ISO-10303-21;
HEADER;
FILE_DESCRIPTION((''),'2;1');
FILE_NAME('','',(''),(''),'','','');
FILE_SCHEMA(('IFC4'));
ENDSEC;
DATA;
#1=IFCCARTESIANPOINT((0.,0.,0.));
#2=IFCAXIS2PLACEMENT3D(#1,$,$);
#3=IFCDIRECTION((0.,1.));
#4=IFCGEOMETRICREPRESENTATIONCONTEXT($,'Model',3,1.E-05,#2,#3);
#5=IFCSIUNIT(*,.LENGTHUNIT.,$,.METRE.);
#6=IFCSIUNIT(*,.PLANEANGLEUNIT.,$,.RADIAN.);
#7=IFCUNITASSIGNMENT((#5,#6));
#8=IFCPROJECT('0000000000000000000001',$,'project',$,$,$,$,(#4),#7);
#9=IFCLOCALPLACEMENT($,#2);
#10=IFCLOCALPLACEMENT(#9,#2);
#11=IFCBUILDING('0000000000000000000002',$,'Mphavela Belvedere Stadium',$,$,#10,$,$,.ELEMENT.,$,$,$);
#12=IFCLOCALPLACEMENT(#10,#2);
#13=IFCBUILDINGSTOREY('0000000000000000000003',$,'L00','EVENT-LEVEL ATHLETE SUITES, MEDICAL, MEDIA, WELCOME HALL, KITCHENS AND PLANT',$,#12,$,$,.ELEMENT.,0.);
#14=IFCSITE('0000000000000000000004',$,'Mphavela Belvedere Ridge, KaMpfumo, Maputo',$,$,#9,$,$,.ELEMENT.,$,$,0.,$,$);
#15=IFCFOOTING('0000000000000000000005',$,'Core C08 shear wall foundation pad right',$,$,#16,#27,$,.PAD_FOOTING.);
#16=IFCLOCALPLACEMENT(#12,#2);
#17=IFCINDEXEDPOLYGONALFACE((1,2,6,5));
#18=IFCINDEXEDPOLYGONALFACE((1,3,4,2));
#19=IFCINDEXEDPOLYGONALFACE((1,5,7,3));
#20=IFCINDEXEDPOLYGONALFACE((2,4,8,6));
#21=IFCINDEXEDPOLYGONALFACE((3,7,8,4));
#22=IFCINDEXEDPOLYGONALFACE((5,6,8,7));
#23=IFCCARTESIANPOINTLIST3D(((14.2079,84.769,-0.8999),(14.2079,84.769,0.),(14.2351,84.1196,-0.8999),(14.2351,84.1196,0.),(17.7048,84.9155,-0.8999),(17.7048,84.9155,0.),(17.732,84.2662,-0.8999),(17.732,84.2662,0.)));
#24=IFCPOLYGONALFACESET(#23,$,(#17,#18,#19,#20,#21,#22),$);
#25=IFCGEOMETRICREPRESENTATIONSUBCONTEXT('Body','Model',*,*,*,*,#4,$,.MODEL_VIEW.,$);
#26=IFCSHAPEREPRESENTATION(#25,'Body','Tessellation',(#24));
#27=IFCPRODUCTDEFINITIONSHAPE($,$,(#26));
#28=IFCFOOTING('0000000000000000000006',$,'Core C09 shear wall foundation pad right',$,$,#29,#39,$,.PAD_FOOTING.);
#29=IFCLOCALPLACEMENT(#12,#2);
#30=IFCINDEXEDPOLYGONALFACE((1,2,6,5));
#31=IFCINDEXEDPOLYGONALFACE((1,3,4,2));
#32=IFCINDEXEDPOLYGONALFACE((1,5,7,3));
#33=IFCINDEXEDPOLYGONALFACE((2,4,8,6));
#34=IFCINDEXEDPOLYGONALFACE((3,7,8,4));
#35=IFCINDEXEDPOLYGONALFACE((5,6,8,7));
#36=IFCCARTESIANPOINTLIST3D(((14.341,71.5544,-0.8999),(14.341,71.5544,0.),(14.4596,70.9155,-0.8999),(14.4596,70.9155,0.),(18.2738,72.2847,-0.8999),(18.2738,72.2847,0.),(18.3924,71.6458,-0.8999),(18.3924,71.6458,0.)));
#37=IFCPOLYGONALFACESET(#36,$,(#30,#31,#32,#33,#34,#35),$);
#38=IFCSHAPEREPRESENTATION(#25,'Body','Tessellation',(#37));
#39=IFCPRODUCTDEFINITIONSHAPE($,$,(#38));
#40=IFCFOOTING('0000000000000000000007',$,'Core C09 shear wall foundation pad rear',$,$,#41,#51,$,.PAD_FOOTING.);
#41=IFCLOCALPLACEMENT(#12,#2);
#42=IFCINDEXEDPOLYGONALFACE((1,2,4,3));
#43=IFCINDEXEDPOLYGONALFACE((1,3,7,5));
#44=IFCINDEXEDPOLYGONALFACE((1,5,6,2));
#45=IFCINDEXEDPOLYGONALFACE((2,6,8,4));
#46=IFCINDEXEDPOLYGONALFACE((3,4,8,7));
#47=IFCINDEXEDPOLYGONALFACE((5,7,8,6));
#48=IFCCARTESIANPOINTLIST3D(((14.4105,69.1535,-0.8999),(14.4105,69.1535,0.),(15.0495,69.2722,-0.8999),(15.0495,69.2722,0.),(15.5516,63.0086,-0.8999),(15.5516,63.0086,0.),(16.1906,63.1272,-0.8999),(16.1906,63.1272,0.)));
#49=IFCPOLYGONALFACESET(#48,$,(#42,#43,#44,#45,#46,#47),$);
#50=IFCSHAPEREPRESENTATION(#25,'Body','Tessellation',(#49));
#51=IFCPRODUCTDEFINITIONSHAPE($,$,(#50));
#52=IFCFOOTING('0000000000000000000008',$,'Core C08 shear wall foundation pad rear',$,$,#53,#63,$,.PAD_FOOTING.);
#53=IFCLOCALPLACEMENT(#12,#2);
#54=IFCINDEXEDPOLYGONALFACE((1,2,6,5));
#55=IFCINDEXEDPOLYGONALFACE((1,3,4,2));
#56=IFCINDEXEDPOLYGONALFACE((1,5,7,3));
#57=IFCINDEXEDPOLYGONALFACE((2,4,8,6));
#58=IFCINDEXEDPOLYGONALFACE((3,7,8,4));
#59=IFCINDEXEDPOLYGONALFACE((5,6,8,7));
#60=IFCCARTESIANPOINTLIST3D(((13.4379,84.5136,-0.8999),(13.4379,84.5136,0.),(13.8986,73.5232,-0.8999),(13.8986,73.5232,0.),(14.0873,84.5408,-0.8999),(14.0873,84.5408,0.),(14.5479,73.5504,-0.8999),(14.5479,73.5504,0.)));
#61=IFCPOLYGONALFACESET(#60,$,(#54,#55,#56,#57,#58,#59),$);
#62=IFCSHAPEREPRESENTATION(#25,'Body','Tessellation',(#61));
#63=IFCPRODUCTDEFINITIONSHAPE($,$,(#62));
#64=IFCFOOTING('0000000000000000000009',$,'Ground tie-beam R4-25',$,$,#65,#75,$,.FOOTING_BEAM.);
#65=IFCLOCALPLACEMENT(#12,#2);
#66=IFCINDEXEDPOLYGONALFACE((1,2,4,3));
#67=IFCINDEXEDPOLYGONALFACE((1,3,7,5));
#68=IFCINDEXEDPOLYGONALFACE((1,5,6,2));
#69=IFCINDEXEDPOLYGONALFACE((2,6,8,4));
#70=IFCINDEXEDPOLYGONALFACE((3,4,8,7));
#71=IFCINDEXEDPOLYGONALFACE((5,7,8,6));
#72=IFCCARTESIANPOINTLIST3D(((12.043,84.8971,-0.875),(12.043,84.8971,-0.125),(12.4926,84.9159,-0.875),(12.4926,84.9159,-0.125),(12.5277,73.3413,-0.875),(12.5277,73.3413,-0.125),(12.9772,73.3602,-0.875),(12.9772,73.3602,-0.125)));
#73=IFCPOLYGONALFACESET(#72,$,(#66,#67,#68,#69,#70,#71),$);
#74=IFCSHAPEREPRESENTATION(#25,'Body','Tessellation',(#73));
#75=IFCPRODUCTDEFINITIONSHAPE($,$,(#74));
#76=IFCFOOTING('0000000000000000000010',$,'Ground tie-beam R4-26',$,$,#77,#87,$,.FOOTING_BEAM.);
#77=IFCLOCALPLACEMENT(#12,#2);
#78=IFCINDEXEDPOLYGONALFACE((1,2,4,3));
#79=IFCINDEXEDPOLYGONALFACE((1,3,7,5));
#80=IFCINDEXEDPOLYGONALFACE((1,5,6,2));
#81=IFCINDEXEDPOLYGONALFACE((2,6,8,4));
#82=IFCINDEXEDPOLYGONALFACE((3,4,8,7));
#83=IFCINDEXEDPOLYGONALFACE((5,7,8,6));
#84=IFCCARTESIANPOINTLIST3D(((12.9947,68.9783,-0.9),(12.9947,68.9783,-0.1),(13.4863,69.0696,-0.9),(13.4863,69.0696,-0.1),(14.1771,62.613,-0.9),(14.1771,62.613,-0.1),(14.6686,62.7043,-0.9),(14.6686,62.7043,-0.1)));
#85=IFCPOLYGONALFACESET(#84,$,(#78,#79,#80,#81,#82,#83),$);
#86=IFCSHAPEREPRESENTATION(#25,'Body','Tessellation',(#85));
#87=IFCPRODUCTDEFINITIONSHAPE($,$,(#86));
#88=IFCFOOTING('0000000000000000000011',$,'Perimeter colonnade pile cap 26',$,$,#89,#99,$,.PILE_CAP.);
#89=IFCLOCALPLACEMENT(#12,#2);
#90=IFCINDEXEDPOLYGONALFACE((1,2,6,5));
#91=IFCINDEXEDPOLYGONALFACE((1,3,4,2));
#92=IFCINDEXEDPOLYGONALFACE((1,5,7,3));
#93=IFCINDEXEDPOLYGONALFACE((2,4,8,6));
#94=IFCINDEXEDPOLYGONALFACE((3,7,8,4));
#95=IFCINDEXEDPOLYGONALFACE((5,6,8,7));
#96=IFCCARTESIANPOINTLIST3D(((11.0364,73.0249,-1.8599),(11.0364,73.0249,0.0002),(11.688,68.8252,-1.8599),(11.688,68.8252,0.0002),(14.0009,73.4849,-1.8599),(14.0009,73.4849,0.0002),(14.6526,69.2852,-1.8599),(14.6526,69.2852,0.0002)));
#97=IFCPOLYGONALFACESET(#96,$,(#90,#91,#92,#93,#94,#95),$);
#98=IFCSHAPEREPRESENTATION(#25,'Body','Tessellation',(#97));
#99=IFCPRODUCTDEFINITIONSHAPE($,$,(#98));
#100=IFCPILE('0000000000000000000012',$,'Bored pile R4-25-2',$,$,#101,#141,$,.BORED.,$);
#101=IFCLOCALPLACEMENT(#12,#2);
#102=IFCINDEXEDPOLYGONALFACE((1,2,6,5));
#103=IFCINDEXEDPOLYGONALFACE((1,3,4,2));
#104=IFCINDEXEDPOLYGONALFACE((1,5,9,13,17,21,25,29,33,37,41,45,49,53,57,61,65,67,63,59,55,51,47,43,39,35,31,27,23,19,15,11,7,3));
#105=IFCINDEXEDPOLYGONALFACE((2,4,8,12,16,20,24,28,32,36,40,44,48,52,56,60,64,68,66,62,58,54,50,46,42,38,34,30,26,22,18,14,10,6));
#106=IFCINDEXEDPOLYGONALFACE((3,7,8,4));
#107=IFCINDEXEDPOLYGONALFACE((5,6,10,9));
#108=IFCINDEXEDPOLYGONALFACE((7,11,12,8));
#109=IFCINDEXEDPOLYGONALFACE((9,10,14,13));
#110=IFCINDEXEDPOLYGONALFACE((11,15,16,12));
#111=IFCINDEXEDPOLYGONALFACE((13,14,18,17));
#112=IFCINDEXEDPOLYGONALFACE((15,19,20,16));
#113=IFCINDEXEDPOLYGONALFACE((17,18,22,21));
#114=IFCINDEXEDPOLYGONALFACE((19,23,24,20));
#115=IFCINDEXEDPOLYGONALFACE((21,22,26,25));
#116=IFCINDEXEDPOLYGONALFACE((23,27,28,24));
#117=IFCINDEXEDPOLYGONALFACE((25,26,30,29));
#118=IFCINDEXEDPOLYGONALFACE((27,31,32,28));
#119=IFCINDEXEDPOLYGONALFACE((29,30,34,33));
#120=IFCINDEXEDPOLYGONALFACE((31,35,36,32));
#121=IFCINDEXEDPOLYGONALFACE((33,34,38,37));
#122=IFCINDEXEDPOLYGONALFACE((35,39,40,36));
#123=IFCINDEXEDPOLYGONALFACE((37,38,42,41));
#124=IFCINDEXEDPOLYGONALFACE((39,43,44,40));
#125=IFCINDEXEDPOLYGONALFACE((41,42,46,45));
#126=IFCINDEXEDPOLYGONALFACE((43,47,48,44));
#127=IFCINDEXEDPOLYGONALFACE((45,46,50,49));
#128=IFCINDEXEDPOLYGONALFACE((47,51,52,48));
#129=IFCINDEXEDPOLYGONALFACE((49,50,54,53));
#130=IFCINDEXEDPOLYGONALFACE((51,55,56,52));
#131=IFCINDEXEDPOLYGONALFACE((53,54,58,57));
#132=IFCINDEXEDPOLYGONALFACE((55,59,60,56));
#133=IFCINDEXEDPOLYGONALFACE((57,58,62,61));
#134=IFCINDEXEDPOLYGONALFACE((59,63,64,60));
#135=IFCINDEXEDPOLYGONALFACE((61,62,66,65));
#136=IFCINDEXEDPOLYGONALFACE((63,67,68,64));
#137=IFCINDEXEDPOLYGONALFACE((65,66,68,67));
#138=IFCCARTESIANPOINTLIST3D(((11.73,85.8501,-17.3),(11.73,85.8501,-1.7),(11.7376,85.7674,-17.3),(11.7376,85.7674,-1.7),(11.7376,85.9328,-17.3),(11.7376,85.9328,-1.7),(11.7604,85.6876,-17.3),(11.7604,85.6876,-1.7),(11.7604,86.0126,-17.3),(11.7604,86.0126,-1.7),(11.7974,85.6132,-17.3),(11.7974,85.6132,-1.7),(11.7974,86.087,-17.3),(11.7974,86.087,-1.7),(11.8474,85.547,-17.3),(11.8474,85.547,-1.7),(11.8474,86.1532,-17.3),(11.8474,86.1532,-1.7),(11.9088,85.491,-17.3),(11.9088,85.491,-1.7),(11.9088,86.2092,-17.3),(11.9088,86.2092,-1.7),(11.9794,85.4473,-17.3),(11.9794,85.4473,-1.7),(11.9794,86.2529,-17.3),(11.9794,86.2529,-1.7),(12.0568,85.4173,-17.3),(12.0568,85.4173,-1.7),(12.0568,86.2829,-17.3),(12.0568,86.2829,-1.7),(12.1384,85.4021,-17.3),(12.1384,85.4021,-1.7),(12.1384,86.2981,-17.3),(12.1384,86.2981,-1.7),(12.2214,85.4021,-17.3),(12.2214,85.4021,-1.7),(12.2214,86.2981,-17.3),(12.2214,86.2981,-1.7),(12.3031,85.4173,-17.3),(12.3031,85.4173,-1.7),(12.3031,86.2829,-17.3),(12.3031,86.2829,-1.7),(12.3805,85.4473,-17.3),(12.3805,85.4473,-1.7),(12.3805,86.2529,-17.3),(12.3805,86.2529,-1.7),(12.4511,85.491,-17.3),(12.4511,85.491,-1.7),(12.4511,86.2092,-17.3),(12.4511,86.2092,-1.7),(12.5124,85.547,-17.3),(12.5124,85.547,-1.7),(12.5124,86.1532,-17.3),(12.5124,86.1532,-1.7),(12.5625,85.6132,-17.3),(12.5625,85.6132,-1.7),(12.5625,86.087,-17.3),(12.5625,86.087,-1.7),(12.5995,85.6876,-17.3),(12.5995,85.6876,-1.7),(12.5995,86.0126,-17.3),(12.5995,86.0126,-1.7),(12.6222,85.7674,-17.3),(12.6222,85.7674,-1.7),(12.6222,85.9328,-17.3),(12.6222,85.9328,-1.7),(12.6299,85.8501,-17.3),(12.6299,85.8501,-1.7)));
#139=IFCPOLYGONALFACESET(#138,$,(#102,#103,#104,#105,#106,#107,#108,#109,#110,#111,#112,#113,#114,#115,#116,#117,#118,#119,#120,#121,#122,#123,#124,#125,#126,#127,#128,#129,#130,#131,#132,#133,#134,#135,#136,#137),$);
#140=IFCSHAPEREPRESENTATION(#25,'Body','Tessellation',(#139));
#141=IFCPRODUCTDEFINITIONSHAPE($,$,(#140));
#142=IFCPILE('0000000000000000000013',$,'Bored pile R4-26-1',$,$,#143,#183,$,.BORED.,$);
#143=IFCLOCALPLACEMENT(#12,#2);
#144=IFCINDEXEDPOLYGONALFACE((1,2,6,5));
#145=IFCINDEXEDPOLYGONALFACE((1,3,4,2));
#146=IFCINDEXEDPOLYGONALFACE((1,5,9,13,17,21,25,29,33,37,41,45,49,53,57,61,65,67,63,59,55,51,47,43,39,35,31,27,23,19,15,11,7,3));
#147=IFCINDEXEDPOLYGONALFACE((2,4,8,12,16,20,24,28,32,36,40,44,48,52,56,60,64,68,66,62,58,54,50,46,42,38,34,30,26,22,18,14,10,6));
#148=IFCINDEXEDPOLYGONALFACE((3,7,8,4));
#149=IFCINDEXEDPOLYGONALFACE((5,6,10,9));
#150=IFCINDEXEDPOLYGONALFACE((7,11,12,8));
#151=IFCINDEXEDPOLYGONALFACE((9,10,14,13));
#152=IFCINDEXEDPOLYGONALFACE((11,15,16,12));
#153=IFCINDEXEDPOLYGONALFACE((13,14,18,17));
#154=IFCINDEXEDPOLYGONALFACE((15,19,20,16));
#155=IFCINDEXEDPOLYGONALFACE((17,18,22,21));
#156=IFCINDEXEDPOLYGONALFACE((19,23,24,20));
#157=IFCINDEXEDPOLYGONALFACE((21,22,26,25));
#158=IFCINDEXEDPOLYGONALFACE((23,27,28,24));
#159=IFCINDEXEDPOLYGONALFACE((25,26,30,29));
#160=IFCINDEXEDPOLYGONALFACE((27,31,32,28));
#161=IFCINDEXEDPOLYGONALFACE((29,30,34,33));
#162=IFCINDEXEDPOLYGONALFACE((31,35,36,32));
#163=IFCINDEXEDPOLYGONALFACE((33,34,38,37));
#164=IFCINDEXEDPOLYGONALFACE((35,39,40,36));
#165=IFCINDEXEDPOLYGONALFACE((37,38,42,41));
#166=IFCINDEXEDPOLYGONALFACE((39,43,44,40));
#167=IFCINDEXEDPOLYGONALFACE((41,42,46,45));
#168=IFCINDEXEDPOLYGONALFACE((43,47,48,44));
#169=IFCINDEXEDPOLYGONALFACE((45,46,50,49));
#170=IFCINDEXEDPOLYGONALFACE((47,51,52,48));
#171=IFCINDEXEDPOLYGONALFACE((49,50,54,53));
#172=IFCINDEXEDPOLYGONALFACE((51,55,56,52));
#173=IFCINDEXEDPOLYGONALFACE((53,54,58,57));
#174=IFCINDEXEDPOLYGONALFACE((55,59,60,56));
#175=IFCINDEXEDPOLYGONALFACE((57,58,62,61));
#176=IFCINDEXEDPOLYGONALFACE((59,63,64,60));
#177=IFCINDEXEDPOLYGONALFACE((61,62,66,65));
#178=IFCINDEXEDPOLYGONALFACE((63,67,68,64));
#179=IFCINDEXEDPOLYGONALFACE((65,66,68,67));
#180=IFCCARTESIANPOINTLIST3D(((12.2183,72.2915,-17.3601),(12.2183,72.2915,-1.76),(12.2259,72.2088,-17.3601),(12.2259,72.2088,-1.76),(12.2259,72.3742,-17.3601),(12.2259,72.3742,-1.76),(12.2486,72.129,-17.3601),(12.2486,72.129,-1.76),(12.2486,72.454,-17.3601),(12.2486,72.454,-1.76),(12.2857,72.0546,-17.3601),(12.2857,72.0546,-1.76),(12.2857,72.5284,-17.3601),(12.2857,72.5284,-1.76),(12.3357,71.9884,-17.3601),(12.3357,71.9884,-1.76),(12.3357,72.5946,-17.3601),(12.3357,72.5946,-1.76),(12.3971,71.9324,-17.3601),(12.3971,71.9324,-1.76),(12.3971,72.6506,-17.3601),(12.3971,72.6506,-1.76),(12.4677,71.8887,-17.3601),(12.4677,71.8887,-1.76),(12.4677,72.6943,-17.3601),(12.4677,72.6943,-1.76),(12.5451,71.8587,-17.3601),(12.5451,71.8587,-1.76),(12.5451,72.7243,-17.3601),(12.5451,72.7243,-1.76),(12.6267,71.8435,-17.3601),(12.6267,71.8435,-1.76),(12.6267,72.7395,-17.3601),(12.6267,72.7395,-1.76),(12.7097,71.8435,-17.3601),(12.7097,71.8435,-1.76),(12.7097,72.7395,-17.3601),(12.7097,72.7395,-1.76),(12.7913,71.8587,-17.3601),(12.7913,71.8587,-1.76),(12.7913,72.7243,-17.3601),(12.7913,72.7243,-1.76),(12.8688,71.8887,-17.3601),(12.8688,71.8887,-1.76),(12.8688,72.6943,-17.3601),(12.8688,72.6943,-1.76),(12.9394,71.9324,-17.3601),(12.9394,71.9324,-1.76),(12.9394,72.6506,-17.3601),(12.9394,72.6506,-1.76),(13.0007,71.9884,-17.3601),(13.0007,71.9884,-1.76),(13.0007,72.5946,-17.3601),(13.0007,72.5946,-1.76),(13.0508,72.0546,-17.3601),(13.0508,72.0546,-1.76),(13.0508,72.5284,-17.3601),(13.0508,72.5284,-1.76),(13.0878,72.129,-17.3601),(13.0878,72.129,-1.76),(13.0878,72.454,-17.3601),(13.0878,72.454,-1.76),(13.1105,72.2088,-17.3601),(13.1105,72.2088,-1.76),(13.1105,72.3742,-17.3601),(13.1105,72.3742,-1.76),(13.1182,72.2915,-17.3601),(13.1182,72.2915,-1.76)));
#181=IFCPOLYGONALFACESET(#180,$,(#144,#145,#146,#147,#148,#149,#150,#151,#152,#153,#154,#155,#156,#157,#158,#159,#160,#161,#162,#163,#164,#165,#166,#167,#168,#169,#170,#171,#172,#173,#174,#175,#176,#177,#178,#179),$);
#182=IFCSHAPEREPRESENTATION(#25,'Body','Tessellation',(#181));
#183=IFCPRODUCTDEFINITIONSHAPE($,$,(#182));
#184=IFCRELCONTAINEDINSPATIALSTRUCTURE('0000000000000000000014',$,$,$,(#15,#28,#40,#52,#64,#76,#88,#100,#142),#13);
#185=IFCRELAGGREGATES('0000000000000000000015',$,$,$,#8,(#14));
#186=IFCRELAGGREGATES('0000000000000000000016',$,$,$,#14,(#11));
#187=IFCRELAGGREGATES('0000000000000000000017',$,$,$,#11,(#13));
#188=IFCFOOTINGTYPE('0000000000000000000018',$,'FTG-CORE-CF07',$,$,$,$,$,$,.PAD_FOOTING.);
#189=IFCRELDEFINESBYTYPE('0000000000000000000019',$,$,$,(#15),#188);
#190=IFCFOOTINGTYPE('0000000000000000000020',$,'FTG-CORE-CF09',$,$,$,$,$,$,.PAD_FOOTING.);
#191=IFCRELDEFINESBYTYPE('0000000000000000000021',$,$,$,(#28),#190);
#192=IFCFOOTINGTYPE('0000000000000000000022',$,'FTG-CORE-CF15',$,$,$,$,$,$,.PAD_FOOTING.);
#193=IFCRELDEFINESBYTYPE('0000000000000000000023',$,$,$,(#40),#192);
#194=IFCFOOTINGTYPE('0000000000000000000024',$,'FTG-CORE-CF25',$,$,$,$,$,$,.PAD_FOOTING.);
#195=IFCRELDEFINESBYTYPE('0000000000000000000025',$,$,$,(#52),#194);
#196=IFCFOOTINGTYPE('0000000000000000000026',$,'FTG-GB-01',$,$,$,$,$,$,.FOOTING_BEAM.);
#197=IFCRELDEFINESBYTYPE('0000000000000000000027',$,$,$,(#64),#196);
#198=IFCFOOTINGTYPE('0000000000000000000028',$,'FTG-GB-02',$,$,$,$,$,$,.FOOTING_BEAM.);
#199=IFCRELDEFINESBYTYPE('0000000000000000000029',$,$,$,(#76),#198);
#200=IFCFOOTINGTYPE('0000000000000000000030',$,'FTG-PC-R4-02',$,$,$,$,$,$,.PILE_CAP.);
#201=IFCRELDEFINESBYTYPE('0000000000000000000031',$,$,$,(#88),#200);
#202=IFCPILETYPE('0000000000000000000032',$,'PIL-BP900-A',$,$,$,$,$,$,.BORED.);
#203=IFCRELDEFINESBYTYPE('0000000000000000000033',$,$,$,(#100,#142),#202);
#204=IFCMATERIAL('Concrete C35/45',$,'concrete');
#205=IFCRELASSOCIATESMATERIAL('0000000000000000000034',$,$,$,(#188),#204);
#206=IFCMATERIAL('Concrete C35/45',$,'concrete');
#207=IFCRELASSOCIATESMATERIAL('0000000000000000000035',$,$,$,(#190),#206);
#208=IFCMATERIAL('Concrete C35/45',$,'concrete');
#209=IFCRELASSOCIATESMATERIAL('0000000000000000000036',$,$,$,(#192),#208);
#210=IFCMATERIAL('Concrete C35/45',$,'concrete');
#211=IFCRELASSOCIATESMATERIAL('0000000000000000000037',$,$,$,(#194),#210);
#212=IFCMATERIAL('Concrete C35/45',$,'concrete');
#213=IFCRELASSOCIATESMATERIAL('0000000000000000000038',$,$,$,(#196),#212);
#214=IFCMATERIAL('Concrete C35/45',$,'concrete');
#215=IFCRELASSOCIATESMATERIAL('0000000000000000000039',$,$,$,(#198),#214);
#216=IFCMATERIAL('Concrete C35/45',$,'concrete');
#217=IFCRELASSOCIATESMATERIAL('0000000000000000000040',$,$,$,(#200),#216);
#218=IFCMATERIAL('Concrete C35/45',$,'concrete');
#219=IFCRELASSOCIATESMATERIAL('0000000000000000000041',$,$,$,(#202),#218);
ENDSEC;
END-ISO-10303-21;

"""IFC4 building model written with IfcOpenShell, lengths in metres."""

from ifc_helpers import new_model, si_unit, direction, frame, origin, origin_2d, place, context, subcontext, project, spatial, rectangle, circle, extrude, material, material_profile, profile_set, type_object, element, save


model = new_model("IFC4")

# Units and contexts
model_context = context("Model", 3, precision=1e-05, world=origin(), true_north=direction((0.0, 1.0)))
body_context = subcontext(model_context, "Body", "Model", "MODEL_VIEW")
ifc_project = project(units=[si_unit("LENGTHUNIT", "METRE"), si_unit("PLANEANGLEUNIT", "RADIAN")], contexts=[model_context])

# Site, building, storey
site_placement = place(None, origin())
site = spatial("IfcSite", under=ifc_project, at=site_placement, Name="Mphavela Belvedere Ridge, KaMpfumo, Maputo", CompositionType="ELEMENT", RefElevation=0.0)
building_placement = place(site_placement, origin())
building = spatial("IfcBuilding", under=site, at=building_placement, Name="Mphavela Belvedere Stadium", CompositionType="ELEMENT")
storey_placement = place(building_placement, origin())
storey = spatial("IfcBuildingStorey", under=building, at=storey_placement, Name="L00", Description="EVENT-LEVEL ATHLETE SUITES, MEDICAL, MEDIA, WELCOME HALL, KITCHENS AND PLANT", CompositionType="ELEMENT", Elevation=0.0)

# Footings
ifc_material_1 = material(Name="Concrete C35/45", Category="concrete")
footing_type_1 = type_object("IfcFootingType", Name="FTG-CORE-CF07", PredefinedType="PAD_FOOTING", material=ifc_material_1)
footing_1_placement = place(storey_placement, frame((15.97, 84.5176, -0.8999), z_axis=(0.0, 0.0, 1.0), x_axis=(-0.999123, -0.041876, 0.0)))
element("IfcFooting", 1, at=footing_1_placement, inside=storey, type_object=footing_type_1, Name="Core C08 shear wall foundation pad right", PredefinedType="PAD_FOOTING", context=body_context, shape_type="SweptSolid", body=[
    extrude(rectangle(XDim=3.5, YDim=0.6499, at=origin_2d()), origin(), (0.0, 0.0, 1.0), 0.8999),
])
ifc_material_2 = material(Name="Concrete C35/45", Category="concrete")
footing_type_2 = type_object("IfcFootingType", Name="FTG-CORE-CF09", PredefinedType="PAD_FOOTING", material=ifc_material_2)
footing_2_placement = place(storey_placement, frame((16.3667, 71.6001, -0.8999), z_axis=(0.0, 0.0, 1.0), x_axis=(-0.983191, -0.182579, 0.0)))
element("IfcFooting", 2, at=footing_2_placement, inside=storey, type_object=footing_type_2, Name="Core C09 shear wall foundation pad right", PredefinedType="PAD_FOOTING", context=body_context, shape_type="SweptSolid", body=[
    extrude(rectangle(XDim=4.0, YDim=0.6499, at=origin_2d()), origin(), (0.0, 0.0, 1.0), 0.8999),
])
ifc_material_3 = material(Name="Concrete C35/45", Category="concrete")
footing_type_3 = type_object("IfcFootingType", Name="FTG-CORE-CF15", PredefinedType="PAD_FOOTING", material=ifc_material_3)
footing_3_placement = place(storey_placement, frame((15.3005, 66.1404, -0.8999), z_axis=(0.0, 0.0, 1.0), x_axis=(-0.182579, 0.983191, 0.0)))
element("IfcFooting", 3, at=footing_3_placement, inside=storey, type_object=footing_type_3, Name="Core C09 shear wall foundation pad rear", PredefinedType="PAD_FOOTING", context=body_context, shape_type="SweptSolid", body=[
    extrude(rectangle(XDim=6.25, YDim=0.6499, at=origin_2d()), origin(), (0.0, 0.0, 1.0), 0.8999),
])
ifc_material_4 = material(Name="Concrete C35/45", Category="concrete")
footing_type_4 = type_object("IfcFootingType", Name="FTG-CORE-CF25", PredefinedType="PAD_FOOTING", material=ifc_material_4)
footing_4_placement = place(storey_placement, frame((13.9929, 79.032, -0.8999), z_axis=(0.0, 0.0, 1.0), x_axis=(-0.041876, 0.999123, 0.0)))
element("IfcFooting", 4, at=footing_4_placement, inside=storey, type_object=footing_type_4, Name="Core C08 shear wall foundation pad rear", PredefinedType="PAD_FOOTING", context=body_context, shape_type="SweptSolid", body=[
    extrude(rectangle(XDim=11.0, YDim=0.6499, at=origin_2d()), origin(), (0.0, 0.0, 1.0), 0.8999),
])
ifc_material_5 = material(Name="Concrete C35/45", Category="concrete")
ifc_material_profile_1 = material_profile(ifc_material_5, rectangle(XDim=0.45, YDim=0.75, at=origin_2d()), Name="GB 450x750")
ifc_profile_set_1 = profile_set([ifc_material_profile_1], Name="Concrete C35/45")
footing_type_5 = type_object("IfcFootingType", Name="FTG-GB-01", PredefinedType="FOOTING_BEAM", material=ifc_profile_set_1)
footing_5_placement = place(storey_placement, frame((12.2678, 84.9065, -0.5), z_axis=(0.041901, -0.999122, 0.0), x_axis=(0.999122, 0.041901, 0.0)))
element("IfcFooting", 5, at=footing_5_placement, inside=storey, type_object=footing_type_5, Name="Ground tie-beam R4-25", PredefinedType="FOOTING_BEAM", context=body_context, shape_type="SweptSolid", body=[
    extrude(rectangle(XDim=0.45, YDim=0.75, at=origin_2d()), origin(), (0.0, 0.0, 1.0), 11.5659),
])
ifc_material_6 = material(Name="Concrete C35/45", Category="concrete")
ifc_material_profile_2 = material_profile(ifc_material_6, rectangle(XDim=0.5, YDim=0.8, at=origin_2d()), Name="GB 500x800")
ifc_profile_set_2 = profile_set([ifc_material_profile_2], Name="Concrete C35/45")
footing_type_6 = type_object("IfcFootingType", Name="FTG-GB-02", PredefinedType="FOOTING_BEAM", material=ifc_profile_set_2)
footing_6_placement = place(storey_placement, frame((13.2405, 69.0239, -0.5), z_axis=(0.182631, -0.983182, 0.0), x_axis=(0.983182, 0.182631, 0.0)))
element("IfcFooting", 6, at=footing_6_placement, inside=storey, type_object=footing_type_6, Name="Ground tie-beam R4-26", PredefinedType="FOOTING_BEAM", context=body_context, shape_type="SweptSolid", body=[
    extrude(rectangle(XDim=0.5, YDim=0.8, at=origin_2d()), origin(), (0.0, 0.0, 1.0), 6.4741),
])
ifc_material_7 = material(Name="Concrete C35/45", Category="concrete")
footing_type_7 = type_object("IfcFootingType", Name="FTG-PC-R4-02", PredefinedType="PILE_CAP", material=ifc_material_7)
footing_7_placement = place(storey_placement, frame((12.8445, 71.155, -1.8599), z_axis=(0.0, 0.0, 1.0), x_axis=(0.153331, -0.988175, 0.0)))
element("IfcFooting", 7, at=footing_7_placement, inside=storey, type_object=footing_type_7, Name="Perimeter colonnade pile cap 26", PredefinedType="PILE_CAP", context=body_context, shape_type="SweptSolid", body=[
    extrude(rectangle(XDim=4.25, YDim=3.0, at=origin_2d()), origin(), (0.0, 0.0, 1.0), 1.8601),
])

# Piles
ifc_material_8 = material(Name="Concrete C35/45", Category="concrete")
ifc_material_profile_3 = material_profile(ifc_material_8, circle(Radius=0.45, at=origin_2d()), Name="BP D900")
ifc_profile_set_3 = profile_set([ifc_material_profile_3], Name="Concrete C35/45")
pile_type = type_object("IfcPileType", Name="PIL-BP900-A", PredefinedType="BORED", material=ifc_profile_set_3)
for number, where, z_axis, x_axis, name in (
    (8, (12.1799, 85.8501, -1.7), (0.0, 0.0, -1.0), (1.0, 0.0, 0.0), "Bored pile R4-25-2"),
    (9, (12.6682, 72.2915, -1.76), (0.0, 0.0, -1.0), (1.0, 0.0, 0.0), "Bored pile R4-26-1"),
):
    element("IfcPile", number, at=place(storey_placement, frame(where, z_axis=z_axis, x_axis=x_axis)), inside=storey, type_object=pile_type, Name=name, PredefinedType="BORED", context=body_context, shape_type="SweptSolid", body=[
        extrude(circle(Radius=0.45, at=origin_2d()), origin(), (0.0, 0.0, 1.0), 15.6001),
    ])

save(model, "model.ifc")
